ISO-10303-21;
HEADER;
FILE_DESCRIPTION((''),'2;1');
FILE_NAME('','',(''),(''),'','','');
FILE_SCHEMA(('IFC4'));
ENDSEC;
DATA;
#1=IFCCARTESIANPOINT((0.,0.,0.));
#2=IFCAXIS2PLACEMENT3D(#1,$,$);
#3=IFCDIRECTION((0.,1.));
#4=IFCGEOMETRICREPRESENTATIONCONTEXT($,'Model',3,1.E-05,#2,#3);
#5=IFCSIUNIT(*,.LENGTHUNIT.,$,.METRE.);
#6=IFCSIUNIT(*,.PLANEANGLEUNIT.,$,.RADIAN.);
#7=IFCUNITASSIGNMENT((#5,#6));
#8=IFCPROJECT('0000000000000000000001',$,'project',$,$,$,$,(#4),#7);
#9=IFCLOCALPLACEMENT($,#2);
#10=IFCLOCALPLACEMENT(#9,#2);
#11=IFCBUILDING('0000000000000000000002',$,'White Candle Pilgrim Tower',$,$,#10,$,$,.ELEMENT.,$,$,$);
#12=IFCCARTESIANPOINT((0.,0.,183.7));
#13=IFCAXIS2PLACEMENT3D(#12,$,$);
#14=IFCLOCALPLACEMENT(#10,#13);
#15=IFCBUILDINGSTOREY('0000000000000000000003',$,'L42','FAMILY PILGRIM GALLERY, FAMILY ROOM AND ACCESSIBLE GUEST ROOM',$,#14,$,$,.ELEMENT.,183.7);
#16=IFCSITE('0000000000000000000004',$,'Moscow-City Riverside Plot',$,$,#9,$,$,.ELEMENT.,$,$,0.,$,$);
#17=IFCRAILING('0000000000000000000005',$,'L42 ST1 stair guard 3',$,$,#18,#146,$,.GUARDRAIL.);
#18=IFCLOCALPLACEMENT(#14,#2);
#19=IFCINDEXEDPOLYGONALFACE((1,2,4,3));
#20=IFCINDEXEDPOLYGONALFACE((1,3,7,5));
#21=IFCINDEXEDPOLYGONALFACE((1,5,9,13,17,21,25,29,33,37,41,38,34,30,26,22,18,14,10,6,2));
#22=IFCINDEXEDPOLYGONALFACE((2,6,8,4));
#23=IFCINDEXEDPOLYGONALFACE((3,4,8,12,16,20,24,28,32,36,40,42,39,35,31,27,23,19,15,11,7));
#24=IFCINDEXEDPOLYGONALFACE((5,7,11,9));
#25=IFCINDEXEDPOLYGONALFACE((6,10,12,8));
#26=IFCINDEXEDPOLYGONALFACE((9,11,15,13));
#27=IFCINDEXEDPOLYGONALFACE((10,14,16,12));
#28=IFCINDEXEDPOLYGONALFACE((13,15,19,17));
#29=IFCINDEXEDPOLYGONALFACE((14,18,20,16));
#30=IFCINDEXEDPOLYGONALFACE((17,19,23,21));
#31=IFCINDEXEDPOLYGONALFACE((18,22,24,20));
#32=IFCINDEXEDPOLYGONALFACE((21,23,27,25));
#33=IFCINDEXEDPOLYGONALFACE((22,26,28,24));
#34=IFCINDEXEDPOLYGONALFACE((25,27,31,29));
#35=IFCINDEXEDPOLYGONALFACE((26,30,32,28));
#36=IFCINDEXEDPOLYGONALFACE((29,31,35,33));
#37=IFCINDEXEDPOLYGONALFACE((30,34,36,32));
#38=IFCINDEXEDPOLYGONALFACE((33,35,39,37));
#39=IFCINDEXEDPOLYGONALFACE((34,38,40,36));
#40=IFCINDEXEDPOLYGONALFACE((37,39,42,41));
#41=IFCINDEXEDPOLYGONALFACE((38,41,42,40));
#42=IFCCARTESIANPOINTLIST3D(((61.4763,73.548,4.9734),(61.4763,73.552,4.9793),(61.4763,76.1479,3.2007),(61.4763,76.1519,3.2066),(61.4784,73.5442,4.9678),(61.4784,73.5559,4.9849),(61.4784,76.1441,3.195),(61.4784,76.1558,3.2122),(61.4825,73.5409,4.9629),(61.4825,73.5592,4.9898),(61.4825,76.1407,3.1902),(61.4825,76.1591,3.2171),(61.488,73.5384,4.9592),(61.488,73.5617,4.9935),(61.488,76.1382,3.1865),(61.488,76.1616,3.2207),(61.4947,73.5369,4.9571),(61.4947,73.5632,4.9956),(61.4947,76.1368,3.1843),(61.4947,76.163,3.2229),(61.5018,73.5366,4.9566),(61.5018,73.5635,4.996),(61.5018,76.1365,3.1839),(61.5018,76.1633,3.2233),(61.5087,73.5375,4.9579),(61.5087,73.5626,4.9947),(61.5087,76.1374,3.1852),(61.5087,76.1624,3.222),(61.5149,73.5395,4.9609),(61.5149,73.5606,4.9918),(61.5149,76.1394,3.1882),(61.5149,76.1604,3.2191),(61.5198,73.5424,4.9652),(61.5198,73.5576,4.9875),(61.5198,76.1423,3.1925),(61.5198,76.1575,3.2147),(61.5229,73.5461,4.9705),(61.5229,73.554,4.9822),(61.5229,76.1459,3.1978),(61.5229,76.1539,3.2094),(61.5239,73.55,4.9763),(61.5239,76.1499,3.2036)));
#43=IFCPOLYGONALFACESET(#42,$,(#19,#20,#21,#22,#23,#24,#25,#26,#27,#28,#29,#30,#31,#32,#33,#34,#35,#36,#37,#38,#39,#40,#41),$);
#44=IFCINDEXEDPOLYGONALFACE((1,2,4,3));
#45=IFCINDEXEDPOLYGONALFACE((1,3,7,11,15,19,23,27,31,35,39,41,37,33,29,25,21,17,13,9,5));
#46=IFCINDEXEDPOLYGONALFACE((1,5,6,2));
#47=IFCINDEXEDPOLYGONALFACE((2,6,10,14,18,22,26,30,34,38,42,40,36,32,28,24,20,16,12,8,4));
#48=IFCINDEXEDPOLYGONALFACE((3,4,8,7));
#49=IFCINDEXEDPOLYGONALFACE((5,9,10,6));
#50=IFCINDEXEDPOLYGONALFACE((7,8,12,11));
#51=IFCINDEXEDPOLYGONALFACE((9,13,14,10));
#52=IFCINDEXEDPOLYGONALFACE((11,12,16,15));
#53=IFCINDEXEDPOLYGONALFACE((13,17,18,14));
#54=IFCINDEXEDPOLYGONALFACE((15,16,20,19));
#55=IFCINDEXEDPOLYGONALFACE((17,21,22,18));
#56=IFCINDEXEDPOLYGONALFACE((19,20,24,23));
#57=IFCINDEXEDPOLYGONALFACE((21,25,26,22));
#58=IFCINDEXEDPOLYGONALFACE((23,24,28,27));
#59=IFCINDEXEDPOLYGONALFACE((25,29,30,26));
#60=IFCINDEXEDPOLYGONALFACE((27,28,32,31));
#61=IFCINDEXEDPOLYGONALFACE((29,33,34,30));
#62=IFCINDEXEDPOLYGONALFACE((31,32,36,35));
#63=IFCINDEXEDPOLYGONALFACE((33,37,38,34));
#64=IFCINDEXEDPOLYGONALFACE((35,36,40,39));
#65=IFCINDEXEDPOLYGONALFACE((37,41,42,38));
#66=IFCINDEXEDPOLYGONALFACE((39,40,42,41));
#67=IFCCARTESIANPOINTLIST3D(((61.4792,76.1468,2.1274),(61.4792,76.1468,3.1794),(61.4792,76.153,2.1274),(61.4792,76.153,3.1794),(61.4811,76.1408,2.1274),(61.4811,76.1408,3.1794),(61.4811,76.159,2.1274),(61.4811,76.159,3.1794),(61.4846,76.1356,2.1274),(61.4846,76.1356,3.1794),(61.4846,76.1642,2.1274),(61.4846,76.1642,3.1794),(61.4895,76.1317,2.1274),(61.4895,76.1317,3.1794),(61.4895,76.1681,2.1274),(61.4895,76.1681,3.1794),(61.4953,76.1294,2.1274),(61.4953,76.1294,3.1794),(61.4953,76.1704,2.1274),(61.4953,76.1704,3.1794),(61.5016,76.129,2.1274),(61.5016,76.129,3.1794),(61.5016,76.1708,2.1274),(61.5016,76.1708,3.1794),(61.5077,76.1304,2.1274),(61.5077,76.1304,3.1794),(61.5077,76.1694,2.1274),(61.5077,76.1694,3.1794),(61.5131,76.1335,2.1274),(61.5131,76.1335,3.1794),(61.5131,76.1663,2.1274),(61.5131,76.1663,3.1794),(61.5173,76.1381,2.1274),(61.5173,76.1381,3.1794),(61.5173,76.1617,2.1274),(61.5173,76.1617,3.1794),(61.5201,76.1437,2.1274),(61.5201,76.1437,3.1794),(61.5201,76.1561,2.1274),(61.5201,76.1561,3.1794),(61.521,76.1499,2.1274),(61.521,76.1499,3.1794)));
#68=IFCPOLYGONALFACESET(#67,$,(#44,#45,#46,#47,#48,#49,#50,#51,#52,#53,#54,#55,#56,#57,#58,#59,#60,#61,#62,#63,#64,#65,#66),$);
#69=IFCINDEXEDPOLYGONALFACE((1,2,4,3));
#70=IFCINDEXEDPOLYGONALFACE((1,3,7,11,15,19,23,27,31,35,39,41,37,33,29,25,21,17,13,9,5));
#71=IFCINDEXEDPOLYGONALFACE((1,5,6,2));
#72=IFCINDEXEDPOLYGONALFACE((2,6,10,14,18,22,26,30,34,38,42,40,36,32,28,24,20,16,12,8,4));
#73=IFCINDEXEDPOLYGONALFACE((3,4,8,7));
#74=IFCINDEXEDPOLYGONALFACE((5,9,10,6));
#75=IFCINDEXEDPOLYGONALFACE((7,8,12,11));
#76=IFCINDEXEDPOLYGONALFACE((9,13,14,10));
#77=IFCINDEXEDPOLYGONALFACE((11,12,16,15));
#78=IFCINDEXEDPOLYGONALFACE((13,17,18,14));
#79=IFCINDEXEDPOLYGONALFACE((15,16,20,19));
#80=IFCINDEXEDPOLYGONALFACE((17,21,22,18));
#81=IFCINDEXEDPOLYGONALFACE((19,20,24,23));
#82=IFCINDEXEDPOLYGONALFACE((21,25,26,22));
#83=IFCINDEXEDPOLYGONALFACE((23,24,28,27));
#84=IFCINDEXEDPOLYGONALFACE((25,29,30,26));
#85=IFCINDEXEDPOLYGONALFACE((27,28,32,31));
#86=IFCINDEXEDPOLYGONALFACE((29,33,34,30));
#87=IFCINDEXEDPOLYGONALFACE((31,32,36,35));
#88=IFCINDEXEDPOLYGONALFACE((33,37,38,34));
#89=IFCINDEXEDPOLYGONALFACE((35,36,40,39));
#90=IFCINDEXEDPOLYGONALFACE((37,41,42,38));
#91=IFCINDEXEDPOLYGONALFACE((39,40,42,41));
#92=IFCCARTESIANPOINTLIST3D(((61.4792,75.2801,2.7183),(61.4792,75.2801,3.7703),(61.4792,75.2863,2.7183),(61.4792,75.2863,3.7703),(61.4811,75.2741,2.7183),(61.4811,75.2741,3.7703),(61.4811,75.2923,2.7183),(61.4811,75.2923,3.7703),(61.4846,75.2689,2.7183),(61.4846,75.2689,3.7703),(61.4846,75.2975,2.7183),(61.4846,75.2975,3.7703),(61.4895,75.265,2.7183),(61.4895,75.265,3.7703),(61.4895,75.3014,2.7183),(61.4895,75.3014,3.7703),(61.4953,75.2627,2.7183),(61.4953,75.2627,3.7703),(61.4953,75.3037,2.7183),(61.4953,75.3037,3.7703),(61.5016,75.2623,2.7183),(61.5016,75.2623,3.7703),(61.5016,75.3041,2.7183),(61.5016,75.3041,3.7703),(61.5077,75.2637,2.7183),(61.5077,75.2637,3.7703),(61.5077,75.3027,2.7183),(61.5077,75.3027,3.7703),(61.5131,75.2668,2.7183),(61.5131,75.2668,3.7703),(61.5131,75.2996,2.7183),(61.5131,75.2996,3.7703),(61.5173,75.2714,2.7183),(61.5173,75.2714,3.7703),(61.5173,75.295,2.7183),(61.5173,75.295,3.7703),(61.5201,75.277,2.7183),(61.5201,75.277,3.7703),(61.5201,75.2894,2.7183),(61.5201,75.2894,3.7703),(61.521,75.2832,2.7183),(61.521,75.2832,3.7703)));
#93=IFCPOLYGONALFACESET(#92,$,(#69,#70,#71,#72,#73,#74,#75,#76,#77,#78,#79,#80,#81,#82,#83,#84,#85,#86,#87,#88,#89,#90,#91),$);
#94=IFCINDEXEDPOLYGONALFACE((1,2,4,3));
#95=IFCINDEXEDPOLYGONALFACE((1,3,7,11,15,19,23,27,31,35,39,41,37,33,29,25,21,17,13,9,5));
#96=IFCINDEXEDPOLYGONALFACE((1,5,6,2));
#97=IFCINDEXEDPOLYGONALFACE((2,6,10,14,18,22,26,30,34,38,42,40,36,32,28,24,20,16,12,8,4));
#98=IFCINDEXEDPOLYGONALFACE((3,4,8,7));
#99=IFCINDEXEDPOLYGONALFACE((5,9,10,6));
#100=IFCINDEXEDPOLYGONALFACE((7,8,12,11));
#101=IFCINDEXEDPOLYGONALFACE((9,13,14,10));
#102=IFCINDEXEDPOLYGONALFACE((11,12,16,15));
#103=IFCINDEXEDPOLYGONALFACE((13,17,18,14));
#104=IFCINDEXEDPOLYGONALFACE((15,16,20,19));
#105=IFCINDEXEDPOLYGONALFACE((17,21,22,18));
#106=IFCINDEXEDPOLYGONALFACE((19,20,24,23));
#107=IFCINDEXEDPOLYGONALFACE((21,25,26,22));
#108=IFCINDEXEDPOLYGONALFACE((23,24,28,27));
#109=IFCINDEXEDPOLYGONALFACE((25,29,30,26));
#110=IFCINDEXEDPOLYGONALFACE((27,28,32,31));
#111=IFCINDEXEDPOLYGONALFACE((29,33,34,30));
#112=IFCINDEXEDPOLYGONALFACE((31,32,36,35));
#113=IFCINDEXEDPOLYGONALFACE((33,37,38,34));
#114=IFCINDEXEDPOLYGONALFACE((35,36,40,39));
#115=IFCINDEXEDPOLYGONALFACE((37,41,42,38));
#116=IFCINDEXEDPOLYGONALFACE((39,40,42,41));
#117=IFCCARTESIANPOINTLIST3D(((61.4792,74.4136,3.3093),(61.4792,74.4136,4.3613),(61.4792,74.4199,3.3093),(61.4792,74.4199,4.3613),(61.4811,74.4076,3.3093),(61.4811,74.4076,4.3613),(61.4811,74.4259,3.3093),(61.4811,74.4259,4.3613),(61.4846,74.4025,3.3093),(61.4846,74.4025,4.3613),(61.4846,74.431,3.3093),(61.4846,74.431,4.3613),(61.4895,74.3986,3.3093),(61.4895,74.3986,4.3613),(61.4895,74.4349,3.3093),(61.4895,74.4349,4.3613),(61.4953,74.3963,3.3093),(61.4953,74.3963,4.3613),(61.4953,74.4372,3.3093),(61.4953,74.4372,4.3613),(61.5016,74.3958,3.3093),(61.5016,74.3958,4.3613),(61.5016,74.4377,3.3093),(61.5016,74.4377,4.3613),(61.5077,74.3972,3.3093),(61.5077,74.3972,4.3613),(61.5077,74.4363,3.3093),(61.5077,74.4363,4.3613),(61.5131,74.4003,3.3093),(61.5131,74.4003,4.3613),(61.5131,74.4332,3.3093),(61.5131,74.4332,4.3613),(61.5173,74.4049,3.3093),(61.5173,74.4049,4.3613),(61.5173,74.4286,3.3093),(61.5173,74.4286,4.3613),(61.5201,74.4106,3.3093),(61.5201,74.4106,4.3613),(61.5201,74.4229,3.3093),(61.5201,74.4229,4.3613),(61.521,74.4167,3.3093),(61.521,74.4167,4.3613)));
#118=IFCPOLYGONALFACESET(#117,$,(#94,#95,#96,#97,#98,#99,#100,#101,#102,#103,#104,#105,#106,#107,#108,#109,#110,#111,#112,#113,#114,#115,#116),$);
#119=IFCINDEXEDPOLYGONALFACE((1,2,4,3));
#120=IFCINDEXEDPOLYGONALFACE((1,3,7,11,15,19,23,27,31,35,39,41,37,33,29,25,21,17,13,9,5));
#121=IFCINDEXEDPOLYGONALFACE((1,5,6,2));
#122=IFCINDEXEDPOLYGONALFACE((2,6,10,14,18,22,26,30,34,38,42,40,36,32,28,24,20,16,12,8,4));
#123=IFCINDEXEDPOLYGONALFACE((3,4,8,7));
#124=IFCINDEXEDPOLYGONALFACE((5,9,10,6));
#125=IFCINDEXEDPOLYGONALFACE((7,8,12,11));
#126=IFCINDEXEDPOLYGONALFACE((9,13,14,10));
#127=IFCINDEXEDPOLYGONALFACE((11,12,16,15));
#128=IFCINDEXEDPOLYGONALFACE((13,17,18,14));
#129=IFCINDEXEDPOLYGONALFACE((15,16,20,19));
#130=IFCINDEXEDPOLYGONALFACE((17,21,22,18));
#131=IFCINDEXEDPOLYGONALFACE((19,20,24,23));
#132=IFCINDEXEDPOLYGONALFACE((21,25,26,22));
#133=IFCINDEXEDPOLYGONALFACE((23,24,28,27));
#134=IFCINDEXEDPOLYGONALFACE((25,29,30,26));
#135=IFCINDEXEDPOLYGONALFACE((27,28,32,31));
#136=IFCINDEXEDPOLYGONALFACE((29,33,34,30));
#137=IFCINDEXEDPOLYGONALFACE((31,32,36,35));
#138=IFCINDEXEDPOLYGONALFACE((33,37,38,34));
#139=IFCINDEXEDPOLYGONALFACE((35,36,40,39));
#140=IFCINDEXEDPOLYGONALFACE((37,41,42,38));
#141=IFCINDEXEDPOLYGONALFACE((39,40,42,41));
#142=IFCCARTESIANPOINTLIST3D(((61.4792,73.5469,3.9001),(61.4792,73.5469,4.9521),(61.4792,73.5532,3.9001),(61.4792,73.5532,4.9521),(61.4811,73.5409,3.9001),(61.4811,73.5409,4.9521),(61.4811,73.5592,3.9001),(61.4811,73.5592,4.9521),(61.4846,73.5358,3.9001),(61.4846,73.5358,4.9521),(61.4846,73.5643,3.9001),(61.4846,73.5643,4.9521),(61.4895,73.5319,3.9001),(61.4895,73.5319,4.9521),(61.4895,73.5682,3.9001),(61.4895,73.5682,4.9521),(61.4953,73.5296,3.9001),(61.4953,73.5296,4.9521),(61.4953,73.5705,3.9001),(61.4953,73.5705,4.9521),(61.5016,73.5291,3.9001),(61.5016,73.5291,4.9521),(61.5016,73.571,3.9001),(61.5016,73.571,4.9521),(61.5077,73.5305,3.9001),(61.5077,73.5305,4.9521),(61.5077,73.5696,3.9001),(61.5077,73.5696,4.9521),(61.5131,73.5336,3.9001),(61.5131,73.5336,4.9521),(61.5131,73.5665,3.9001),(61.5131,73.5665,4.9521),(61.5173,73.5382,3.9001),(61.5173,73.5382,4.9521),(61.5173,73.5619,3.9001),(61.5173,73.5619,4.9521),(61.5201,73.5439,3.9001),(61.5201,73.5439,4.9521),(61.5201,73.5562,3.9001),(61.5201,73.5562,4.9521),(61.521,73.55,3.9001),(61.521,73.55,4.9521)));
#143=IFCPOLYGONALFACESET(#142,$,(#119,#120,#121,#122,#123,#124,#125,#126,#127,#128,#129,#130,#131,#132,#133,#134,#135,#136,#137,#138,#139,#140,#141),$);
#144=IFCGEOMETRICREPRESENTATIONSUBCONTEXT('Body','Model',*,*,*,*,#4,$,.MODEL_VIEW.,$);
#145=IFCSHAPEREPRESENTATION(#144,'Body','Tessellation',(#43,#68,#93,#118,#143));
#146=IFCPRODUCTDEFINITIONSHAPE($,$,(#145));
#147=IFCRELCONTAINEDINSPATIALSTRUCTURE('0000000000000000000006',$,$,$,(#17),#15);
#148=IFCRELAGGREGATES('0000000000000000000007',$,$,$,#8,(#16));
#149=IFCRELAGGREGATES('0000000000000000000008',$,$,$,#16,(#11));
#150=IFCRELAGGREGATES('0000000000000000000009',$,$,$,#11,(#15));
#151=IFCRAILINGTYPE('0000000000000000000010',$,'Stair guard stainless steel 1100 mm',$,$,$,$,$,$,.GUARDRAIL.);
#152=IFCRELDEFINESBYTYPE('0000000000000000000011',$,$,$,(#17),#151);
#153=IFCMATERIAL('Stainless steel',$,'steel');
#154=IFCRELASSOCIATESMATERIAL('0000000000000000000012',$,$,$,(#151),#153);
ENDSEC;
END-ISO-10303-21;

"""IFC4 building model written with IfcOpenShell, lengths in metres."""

from ifc_helpers import new_model, si_unit, direction, frame, origin, origin_2d, place, context, subcontext, project, spatial, circle, extrude, material, type_object, element, save


model = new_model("IFC4")

# Units and contexts
model_context = context("Model", 3, precision=1e-05, world=origin(), true_north=direction((0.0, 1.0)))
body_context = subcontext(model_context, "Body", "Model", "MODEL_VIEW")
ifc_project = project(units=[si_unit("LENGTHUNIT", "METRE"), si_unit("PLANEANGLEUNIT", "RADIAN")], contexts=[model_context])

# Site, building, storey
site_placement = place(None, origin())
site = spatial("IfcSite", under=ifc_project, at=site_placement, Name="Moscow-City Riverside Plot", CompositionType="ELEMENT", RefElevation=0.0)
building_placement = place(site_placement, origin())
building = spatial("IfcBuilding", under=site, at=building_placement, Name="White Candle Pilgrim Tower", CompositionType="ELEMENT")
storey_placement = place(building_placement, frame((0.0, 0.0, 183.7)))
storey = spatial("IfcBuildingStorey", under=building, at=storey_placement, Name="L42", Description="FAMILY PILGRIM GALLERY, FAMILY ROOM AND ACCESSIBLE GUEST ROOM", CompositionType="ELEMENT", Elevation=183.7)

# Shared definitions
ifc_material_1 = material(Name="Stainless steel", Category="steel")

# Railing
railing_type_1 = type_object("IfcRailingType", Name="Stair guard stainless steel 1100 mm", PredefinedType="GUARDRAIL", material=ifc_material_1)
railing_1_placement = place(storey_placement, frame((61.5, 76.1499, 2.1274)))
element("IfcRailing", 1, at=railing_1_placement, inside=storey, type_object=railing_type_1, Name="L42 ST1 stair guard 3", PredefinedType="GUARDRAIL", context=body_context, shape_type="SweptSolid", body=[
    extrude(circle(Radius=0.0239, at=origin_2d()), frame((0.0, 0.0, 1.0762), z_axis=(0.0, -0.826216, 0.563354), x_axis=(1.0, 0.0, 0.0)), (0.0, 0.0, 1.0), 3.1467),
    extrude(circle(Radius=0.021, at=origin_2d()), origin(), (0.0, 0.0, 1.0), 1.052),
    extrude(circle(Radius=0.021, at=origin_2d()), frame((0.0, -0.8667, 0.5908)), (0.0, 0.0, 1.0), 1.052),
    extrude(circle(Radius=0.021, at=origin_2d()), frame((0.0, -1.7332, 1.1819)), (0.0, 0.0, 1.0), 1.052),
    extrude(circle(Radius=0.021, at=origin_2d()), frame((0.0, -2.5999, 1.7727)), (0.0, 0.0, 1.0), 1.052),
])

save(model, "model.ifc")
